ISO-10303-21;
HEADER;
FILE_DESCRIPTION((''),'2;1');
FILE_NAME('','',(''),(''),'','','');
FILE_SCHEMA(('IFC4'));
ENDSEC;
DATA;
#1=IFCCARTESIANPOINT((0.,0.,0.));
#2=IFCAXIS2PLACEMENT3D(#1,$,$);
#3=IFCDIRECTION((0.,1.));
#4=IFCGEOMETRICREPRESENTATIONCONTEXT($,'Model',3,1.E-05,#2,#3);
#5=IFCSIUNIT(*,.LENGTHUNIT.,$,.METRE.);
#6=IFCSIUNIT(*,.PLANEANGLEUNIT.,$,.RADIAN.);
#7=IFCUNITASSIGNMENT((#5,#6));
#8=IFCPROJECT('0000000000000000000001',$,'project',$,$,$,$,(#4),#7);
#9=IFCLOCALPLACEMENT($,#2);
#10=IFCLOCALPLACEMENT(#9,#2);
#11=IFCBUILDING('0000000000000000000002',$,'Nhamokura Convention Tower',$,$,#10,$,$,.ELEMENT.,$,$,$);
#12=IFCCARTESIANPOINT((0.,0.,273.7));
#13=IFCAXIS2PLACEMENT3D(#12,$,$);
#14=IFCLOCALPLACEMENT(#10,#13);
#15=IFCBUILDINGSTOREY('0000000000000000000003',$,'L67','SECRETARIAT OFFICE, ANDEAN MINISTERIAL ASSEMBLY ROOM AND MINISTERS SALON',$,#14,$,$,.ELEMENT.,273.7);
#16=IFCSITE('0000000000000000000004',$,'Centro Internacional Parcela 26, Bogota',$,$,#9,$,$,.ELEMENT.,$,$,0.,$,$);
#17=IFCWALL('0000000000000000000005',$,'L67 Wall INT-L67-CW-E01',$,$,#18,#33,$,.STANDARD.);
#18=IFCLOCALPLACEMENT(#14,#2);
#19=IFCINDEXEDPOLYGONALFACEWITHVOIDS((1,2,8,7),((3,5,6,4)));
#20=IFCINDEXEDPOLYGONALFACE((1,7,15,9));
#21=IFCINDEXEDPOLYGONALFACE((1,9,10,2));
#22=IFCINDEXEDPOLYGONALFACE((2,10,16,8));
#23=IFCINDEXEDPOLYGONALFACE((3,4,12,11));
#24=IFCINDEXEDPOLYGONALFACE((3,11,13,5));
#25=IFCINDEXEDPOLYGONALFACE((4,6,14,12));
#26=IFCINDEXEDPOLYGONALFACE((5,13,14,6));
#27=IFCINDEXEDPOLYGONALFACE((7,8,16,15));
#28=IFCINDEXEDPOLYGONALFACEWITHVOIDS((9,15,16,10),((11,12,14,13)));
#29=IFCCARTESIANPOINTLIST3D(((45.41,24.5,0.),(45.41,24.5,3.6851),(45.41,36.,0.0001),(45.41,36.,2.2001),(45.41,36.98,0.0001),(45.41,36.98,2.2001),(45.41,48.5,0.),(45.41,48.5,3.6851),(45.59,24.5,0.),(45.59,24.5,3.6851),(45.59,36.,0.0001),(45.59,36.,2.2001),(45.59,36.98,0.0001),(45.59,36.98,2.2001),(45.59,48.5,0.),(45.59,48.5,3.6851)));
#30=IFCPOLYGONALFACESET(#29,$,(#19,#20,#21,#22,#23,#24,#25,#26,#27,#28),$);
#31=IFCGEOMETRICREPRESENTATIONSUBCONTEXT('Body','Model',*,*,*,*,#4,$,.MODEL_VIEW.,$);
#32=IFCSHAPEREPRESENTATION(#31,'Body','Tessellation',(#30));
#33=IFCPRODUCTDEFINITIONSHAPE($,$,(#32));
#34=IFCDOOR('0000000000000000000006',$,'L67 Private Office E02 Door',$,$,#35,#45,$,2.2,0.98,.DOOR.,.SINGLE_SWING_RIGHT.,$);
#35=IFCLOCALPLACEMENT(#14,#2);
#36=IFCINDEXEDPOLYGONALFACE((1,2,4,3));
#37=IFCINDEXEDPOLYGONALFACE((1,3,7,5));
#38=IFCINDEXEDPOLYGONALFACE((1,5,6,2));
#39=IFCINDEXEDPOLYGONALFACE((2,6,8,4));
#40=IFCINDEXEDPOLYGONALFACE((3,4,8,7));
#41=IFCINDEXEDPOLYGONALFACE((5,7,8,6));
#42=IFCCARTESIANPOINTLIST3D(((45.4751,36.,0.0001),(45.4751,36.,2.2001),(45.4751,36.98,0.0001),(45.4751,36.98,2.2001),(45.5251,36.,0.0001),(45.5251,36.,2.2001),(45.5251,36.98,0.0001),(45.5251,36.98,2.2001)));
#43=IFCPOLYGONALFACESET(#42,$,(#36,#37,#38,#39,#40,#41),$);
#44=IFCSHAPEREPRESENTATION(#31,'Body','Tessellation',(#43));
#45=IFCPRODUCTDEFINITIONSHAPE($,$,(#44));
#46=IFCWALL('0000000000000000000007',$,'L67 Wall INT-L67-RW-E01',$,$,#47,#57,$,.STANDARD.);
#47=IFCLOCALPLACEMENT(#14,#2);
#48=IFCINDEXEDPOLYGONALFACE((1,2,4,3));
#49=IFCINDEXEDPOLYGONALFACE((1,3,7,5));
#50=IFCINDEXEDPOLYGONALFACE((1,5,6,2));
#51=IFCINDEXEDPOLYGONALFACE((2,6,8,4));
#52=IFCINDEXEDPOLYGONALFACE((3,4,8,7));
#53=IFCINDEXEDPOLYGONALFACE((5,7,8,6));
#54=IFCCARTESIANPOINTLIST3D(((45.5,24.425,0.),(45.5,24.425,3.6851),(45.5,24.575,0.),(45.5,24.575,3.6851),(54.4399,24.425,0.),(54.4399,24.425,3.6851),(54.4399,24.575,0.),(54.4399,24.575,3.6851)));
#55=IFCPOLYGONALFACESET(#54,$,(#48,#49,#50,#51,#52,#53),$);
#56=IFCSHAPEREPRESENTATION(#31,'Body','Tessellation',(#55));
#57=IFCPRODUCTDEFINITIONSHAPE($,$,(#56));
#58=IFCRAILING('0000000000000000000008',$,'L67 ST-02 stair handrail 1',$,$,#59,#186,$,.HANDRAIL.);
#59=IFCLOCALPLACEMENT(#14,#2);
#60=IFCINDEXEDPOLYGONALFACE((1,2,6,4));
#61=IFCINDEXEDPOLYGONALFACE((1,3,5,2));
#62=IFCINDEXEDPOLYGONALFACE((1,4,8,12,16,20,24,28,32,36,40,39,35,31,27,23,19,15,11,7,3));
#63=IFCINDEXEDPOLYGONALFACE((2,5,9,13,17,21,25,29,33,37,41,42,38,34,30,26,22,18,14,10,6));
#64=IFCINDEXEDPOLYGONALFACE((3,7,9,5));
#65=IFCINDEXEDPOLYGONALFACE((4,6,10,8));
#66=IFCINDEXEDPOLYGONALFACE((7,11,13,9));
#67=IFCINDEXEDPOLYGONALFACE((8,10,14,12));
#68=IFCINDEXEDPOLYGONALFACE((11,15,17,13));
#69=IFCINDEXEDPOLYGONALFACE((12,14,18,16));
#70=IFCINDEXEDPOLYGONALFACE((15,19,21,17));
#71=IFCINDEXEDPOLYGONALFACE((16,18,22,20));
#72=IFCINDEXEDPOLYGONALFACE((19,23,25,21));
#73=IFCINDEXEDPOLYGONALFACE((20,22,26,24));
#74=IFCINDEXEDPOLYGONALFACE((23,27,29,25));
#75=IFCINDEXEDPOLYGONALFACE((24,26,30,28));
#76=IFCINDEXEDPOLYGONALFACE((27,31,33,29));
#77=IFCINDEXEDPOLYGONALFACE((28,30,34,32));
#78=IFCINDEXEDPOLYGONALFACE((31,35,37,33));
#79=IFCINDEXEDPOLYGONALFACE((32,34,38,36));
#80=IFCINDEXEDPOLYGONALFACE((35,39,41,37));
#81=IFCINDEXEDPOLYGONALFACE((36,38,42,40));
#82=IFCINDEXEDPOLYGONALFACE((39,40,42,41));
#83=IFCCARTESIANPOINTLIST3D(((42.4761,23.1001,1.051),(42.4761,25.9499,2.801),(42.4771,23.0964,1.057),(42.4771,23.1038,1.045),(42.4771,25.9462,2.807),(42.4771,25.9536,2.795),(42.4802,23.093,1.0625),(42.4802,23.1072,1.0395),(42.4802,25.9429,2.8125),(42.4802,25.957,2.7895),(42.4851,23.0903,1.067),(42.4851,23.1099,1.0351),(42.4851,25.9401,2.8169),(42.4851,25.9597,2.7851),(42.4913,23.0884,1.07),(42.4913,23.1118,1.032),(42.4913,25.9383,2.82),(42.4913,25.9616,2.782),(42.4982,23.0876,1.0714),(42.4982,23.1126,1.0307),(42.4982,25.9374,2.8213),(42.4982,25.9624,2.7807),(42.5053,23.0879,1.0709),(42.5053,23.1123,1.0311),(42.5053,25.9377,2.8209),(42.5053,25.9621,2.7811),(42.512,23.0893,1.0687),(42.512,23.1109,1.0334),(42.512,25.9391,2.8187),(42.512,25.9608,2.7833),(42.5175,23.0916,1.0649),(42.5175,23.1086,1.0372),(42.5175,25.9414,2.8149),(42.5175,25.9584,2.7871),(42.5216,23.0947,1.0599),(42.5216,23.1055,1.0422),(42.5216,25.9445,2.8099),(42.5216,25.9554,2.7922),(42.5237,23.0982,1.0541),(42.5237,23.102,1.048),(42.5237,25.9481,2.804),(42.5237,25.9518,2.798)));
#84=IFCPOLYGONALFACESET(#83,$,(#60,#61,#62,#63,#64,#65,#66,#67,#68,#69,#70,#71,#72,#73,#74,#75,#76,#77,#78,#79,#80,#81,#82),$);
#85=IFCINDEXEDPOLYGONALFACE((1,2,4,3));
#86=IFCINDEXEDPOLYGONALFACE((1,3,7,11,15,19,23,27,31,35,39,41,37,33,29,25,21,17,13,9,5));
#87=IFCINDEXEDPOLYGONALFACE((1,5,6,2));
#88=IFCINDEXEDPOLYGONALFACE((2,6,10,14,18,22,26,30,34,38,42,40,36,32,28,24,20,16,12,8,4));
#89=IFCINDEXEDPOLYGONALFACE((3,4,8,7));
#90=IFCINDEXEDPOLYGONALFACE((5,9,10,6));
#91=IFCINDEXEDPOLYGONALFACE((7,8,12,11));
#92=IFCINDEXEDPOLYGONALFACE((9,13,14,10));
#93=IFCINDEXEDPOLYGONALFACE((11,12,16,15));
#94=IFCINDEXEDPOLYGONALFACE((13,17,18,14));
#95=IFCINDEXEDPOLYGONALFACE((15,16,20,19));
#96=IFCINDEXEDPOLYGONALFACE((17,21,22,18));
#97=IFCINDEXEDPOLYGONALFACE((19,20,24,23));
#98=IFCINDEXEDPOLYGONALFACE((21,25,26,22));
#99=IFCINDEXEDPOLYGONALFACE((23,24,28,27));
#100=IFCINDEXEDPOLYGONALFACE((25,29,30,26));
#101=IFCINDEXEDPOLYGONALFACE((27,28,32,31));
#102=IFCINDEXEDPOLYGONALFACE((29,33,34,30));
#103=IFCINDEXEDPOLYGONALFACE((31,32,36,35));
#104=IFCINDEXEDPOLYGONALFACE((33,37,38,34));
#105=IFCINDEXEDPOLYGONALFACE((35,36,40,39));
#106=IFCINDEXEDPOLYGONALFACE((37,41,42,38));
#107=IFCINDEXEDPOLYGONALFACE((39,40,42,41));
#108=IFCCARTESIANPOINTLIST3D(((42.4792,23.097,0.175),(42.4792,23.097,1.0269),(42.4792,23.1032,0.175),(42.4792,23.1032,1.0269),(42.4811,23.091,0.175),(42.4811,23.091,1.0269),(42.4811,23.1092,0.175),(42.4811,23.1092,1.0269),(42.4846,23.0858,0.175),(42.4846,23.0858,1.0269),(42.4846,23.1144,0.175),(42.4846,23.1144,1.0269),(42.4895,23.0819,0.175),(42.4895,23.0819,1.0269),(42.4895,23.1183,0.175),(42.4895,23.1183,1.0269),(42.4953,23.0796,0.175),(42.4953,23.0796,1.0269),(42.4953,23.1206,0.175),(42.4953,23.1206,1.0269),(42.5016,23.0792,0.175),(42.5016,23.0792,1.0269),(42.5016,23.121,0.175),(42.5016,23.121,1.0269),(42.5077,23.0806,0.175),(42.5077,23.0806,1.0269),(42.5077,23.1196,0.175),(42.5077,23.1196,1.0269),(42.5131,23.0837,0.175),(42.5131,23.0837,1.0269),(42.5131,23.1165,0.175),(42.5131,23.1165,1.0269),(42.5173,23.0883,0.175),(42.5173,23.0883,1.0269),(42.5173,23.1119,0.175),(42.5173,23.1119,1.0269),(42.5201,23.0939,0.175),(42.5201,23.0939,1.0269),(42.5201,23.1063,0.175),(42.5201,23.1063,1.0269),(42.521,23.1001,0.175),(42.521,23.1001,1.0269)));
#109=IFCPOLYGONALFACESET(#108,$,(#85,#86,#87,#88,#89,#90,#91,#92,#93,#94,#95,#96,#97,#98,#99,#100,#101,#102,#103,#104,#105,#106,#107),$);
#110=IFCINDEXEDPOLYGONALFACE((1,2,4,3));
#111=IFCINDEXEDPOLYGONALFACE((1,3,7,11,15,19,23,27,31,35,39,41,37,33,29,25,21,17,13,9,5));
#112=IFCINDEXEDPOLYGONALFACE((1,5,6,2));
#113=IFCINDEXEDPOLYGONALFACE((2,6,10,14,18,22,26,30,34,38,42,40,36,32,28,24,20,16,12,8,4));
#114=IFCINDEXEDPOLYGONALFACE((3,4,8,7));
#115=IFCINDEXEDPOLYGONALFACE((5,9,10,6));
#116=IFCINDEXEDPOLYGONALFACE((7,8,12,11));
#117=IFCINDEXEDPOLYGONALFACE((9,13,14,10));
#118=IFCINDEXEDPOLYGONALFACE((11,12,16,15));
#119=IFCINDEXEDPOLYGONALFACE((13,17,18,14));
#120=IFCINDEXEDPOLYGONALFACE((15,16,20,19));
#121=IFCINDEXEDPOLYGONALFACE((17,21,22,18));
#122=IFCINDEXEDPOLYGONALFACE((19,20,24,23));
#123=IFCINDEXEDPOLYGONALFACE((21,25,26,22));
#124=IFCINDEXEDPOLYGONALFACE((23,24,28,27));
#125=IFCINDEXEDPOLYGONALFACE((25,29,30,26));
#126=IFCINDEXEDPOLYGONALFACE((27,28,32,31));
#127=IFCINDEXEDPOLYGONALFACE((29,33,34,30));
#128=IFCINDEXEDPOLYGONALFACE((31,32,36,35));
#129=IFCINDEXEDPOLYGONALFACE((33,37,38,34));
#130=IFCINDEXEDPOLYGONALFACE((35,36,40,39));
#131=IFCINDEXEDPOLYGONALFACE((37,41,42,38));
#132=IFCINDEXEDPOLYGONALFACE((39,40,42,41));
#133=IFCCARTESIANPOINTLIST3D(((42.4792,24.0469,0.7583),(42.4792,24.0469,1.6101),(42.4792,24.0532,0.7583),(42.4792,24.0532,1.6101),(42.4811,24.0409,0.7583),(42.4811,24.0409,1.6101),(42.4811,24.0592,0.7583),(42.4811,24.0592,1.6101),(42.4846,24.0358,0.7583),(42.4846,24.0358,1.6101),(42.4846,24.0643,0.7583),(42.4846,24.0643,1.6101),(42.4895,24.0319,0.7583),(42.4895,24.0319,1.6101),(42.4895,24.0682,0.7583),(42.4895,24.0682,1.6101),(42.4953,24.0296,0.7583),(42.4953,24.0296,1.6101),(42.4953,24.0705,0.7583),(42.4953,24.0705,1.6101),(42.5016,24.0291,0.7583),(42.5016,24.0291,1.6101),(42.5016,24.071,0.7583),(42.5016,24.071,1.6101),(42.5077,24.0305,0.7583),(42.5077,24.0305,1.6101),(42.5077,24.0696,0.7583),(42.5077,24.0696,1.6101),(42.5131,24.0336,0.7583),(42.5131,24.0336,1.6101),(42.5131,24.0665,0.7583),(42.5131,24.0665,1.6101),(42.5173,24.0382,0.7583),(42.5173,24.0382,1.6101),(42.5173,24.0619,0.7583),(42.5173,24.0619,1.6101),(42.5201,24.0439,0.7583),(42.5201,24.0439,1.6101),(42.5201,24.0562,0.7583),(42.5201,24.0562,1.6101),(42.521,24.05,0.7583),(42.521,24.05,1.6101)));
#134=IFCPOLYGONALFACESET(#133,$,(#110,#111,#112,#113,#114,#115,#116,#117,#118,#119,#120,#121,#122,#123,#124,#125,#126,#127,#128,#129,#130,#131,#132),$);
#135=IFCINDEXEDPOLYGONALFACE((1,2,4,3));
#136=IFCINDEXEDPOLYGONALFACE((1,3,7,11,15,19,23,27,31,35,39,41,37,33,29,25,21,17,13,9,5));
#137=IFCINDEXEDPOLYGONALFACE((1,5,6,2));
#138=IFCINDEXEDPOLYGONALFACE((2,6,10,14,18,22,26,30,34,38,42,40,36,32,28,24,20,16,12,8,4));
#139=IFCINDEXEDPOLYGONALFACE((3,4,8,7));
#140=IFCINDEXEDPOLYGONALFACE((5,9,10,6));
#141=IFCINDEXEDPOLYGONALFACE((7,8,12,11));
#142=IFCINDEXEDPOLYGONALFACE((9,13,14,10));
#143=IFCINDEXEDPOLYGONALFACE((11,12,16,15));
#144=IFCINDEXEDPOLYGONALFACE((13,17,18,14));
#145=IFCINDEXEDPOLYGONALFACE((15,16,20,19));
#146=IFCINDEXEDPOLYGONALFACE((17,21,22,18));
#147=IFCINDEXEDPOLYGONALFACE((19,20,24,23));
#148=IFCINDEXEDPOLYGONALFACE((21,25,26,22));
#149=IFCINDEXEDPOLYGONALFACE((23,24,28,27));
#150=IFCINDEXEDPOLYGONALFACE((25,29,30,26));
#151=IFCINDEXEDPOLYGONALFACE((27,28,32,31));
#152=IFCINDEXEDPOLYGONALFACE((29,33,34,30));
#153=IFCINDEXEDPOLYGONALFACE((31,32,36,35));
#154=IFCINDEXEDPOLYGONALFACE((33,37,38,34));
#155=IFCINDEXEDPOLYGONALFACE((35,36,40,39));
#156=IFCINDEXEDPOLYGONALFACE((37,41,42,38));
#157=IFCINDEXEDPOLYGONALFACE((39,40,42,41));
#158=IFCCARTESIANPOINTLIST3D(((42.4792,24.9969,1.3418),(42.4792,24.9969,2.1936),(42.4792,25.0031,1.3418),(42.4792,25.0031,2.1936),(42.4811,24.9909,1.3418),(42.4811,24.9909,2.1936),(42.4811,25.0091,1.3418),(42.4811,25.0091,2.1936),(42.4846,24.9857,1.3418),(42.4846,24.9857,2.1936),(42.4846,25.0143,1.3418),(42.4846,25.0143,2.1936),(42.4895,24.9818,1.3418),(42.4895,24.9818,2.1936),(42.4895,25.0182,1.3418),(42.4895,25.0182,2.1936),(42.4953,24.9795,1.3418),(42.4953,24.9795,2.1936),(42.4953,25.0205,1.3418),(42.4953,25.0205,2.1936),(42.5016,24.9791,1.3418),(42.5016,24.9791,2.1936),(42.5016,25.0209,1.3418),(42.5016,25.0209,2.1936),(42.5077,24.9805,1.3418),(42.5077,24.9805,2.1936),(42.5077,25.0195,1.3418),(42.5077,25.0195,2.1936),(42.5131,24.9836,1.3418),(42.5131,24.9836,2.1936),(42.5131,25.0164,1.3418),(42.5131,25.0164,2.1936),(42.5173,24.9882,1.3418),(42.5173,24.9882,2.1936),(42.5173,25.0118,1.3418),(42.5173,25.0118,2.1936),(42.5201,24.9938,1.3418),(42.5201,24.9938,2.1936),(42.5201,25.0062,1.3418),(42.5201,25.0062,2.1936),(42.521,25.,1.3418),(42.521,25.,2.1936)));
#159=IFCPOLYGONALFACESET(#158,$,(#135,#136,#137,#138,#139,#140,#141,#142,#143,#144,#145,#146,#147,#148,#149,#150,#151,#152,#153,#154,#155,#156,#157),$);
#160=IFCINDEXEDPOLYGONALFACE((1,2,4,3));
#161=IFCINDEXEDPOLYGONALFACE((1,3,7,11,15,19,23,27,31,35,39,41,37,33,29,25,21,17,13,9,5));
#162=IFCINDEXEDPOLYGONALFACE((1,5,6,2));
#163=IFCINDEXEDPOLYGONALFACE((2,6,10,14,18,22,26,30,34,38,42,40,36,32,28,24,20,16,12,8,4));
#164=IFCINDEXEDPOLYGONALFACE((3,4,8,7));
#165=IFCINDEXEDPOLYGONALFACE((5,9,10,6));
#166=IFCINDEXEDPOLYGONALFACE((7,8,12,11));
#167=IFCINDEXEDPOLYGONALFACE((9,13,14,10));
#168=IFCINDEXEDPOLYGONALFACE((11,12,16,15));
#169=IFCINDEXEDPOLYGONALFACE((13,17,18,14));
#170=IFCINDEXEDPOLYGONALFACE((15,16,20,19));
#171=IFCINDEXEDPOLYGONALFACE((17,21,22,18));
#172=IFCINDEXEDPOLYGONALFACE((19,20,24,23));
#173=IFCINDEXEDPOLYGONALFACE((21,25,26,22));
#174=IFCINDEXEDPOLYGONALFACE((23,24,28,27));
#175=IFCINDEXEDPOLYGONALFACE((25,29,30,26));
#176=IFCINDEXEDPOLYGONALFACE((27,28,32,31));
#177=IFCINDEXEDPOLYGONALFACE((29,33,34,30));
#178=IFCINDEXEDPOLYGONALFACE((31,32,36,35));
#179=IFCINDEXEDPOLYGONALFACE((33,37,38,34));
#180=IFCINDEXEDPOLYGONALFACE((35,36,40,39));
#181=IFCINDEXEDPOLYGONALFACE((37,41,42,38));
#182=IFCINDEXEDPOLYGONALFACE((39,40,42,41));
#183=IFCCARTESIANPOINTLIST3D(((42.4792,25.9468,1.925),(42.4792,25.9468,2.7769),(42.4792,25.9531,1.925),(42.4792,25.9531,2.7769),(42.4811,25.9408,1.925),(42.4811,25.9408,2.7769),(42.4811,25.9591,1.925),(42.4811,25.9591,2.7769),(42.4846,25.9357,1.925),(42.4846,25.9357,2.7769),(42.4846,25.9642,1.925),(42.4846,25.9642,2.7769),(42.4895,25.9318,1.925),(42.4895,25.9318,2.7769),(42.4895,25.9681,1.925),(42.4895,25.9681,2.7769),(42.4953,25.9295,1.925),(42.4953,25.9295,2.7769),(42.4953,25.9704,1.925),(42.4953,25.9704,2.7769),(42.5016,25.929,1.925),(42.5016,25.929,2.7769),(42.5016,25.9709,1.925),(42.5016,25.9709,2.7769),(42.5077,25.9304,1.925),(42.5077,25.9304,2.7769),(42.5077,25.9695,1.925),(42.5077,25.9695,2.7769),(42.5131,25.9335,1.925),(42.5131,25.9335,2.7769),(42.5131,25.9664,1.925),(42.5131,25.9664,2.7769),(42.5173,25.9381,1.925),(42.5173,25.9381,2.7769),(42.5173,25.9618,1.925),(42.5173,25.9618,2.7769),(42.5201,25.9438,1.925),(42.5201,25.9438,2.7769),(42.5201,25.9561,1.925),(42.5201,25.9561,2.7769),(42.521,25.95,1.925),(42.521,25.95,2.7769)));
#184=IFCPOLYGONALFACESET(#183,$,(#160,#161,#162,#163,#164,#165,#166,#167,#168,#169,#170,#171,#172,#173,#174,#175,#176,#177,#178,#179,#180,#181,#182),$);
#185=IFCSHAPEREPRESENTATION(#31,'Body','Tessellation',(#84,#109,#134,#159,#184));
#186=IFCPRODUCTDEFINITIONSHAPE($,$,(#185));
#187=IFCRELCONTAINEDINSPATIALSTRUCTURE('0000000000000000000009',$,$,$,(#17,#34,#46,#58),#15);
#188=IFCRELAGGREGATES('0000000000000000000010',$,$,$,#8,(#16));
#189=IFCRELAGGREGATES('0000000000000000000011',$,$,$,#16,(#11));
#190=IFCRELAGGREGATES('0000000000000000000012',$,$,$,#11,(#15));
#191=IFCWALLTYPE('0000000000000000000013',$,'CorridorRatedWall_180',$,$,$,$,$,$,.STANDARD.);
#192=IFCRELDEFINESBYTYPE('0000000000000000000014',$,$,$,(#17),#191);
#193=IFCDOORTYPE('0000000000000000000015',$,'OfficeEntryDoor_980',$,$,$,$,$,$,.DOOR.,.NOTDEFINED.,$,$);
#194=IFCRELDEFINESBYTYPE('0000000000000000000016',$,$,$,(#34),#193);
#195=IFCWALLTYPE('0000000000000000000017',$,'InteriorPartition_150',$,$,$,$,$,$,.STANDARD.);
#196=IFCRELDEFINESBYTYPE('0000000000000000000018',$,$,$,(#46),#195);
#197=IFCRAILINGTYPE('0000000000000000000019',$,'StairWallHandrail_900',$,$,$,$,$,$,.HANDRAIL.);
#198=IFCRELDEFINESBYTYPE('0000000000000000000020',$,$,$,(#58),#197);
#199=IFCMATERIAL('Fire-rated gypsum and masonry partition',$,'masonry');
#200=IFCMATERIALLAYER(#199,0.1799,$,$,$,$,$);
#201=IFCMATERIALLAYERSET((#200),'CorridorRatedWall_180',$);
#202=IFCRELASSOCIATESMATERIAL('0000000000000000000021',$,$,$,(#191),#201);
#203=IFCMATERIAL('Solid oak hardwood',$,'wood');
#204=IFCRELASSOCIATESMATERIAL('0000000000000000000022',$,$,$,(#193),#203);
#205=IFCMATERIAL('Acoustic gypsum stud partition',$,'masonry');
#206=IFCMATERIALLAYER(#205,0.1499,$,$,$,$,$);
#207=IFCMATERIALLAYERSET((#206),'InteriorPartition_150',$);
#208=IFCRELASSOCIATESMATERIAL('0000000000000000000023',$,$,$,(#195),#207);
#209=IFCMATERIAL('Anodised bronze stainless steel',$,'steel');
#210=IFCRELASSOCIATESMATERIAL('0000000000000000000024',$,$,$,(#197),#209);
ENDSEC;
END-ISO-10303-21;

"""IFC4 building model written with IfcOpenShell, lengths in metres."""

from ifc_helpers import new_model, si_unit, direction, frame, frame_2d, origin, origin_2d, place, context, subcontext, project, spatial, rectangle, circle, extrude, material, layer, layer_set, type_object, element, fill, save


model = new_model("IFC4")

# Units and contexts
model_context = context("Model", 3, precision=1e-05, world=origin(), true_north=direction((0.0, 1.0)))
body_context = subcontext(model_context, "Body", "Model", "MODEL_VIEW")
ifc_project = project(units=[si_unit("LENGTHUNIT", "METRE"), si_unit("PLANEANGLEUNIT", "RADIAN")], contexts=[model_context])

# Site, building, storey
site_placement = place(None, origin())
site = spatial("IfcSite", under=ifc_project, at=site_placement, Name="Centro Internacional Parcela 26, Bogota", CompositionType="ELEMENT", RefElevation=0.0)
building_placement = place(site_placement, origin())
building = spatial("IfcBuilding", under=site, at=building_placement, Name="Nhamokura Convention Tower", CompositionType="ELEMENT")
storey_placement = place(building_placement, frame((0.0, 0.0, 273.7)))
storey = spatial("IfcBuildingStorey", under=building, at=storey_placement, Name="L67", Description="SECRETARIAT OFFICE, ANDEAN MINISTERIAL ASSEMBLY ROOM AND MINISTERS SALON", CompositionType="ELEMENT", Elevation=273.7)

# Wall, opening, door
ifc_material_1 = material(Name="Fire-rated gypsum and masonry partition", Category="masonry")
ifc_layer_1 = layer(ifc_material_1, 0.1799)
ifc_layer_set_1 = layer_set([ifc_layer_1], Name="CorridorRatedWall_180")
wall_type_1 = type_object("IfcWallType", Name="CorridorRatedWall_180", PredefinedType="STANDARD", material=ifc_layer_set_1)
wall_1_placement = place(storey_placement, frame((45.5, 24.5, 0.0), z_axis=(0.0, 0.0, 1.0), x_axis=(0.0, 1.0, 0.0)))
wall_1 = element("IfcWall", 1, at=wall_1_placement, inside=storey, type_object=wall_type_1, Name="L67 Wall INT-L67-CW-E01", PredefinedType="STANDARD", context=body_context, shape_type="SweptSolid", body=[
    extrude(rectangle(XDim=24.0, YDim=0.1799, at=frame_2d((12.0, 0.0))), origin(), (0.0, 0.0, 1.0), 3.6851),
])
opening_1_placement = place(wall_1_placement, frame((11.5, 0.0, 0.0)))
opening_1 = element("IfcOpeningElement", 2, at=opening_1_placement, cuts=wall_1, PredefinedType="OPENING", context=body_context, shape_type="SweptSolid", body=[
    extrude(rectangle(XDim=0.98, YDim=2.2, at=frame_2d((0.49, 1.1001))), frame((0.0, 0.0999, 0.0), z_axis=(0.0, -1.0, 0.0), x_axis=(1.0, 0.0, 0.0)), (0.0, 0.0, 1.0), 0.2),
])
ifc_material_2 = material(Name="Solid oak hardwood", Category="wood")
door_type_1 = type_object("IfcDoorType", Name="OfficeEntryDoor_980", OperationType="NOTDEFINED", PredefinedType="DOOR", material=ifc_material_2)
door_1_placement = place(opening_1_placement, origin())
door_1 = element("IfcDoor", 3, at=door_1_placement, inside=storey, type_object=door_type_1, Name="L67 Private Office E02 Door", OperationType="SINGLE_SWING_RIGHT", OverallHeight=2.2, OverallWidth=0.98, PredefinedType="DOOR", context=body_context, shape_type="SweptSolid", body=[
    extrude(rectangle(XDim=0.98, YDim=2.2, at=frame_2d((0.49, 1.1001))), frame((0.0, 0.0249, 0.0), z_axis=(0.0, -1.0, 0.0), x_axis=(1.0, 0.0, 0.0)), (0.0, 0.0, 1.0), 0.05),
])
fill(opening_1, door_1)

# Wall
ifc_material_3 = material(Name="Acoustic gypsum stud partition", Category="masonry")
ifc_layer_2 = layer(ifc_material_3, 0.1499)
ifc_layer_set_2 = layer_set([ifc_layer_2], Name="InteriorPartition_150")
wall_type_2 = type_object("IfcWallType", Name="InteriorPartition_150", PredefinedType="STANDARD", material=ifc_layer_set_2)
wall_2_placement = place(storey_placement, frame((45.5, 24.5, 0.0), z_axis=(0.0, 0.0, 1.0), x_axis=(1.0, 0.0, 0.0)))
element("IfcWall", 4, at=wall_2_placement, inside=storey, type_object=wall_type_2, Name="L67 Wall INT-L67-RW-E01", PredefinedType="STANDARD", context=body_context, shape_type="SweptSolid", body=[
    extrude(rectangle(XDim=8.9399, YDim=0.1499, at=frame_2d((4.47, 0.0))), origin(), (0.0, 0.0, 1.0), 3.6851),
])

# Railing
ifc_material_4 = material(Name="Anodised bronze stainless steel", Category="steel")
railing_type = type_object("IfcRailingType", Name="StairWallHandrail_900", PredefinedType="HANDRAIL", material=ifc_material_4)
railing_placement = place(storey_placement, frame((42.5, 23.1001, 0.175)))
element("IfcRailing", 5, at=railing_placement, inside=storey, type_object=railing_type, Name="L67 ST-02 stair handrail 1", PredefinedType="HANDRAIL", context=body_context, shape_type="SweptSolid", body=[
    extrude(circle(Radius=0.0239, at=origin_2d()), frame((0.0, 0.0, 0.876), z_axis=(0.0, 0.852159, 0.523283), x_axis=(-1.0, 0.0, 0.0)), (0.0, 0.0, 1.0), 3.3442),
    extrude(circle(Radius=0.021, at=origin_2d()), origin(), (0.0, 0.0, 1.0), 0.8518),
    extrude(circle(Radius=0.021, at=origin_2d()), frame((0.0, 0.95, 0.5833)), (0.0, 0.0, 1.0), 0.8518),
    extrude(circle(Radius=0.021, at=origin_2d()), frame((0.0, 1.8999, 1.1667)), (0.0, 0.0, 1.0), 0.8518),
    extrude(circle(Radius=0.021, at=origin_2d()), frame((0.0, 2.8499, 1.75)), (0.0, 0.0, 1.0), 0.8518),
])

save(model, "model.ifc")
